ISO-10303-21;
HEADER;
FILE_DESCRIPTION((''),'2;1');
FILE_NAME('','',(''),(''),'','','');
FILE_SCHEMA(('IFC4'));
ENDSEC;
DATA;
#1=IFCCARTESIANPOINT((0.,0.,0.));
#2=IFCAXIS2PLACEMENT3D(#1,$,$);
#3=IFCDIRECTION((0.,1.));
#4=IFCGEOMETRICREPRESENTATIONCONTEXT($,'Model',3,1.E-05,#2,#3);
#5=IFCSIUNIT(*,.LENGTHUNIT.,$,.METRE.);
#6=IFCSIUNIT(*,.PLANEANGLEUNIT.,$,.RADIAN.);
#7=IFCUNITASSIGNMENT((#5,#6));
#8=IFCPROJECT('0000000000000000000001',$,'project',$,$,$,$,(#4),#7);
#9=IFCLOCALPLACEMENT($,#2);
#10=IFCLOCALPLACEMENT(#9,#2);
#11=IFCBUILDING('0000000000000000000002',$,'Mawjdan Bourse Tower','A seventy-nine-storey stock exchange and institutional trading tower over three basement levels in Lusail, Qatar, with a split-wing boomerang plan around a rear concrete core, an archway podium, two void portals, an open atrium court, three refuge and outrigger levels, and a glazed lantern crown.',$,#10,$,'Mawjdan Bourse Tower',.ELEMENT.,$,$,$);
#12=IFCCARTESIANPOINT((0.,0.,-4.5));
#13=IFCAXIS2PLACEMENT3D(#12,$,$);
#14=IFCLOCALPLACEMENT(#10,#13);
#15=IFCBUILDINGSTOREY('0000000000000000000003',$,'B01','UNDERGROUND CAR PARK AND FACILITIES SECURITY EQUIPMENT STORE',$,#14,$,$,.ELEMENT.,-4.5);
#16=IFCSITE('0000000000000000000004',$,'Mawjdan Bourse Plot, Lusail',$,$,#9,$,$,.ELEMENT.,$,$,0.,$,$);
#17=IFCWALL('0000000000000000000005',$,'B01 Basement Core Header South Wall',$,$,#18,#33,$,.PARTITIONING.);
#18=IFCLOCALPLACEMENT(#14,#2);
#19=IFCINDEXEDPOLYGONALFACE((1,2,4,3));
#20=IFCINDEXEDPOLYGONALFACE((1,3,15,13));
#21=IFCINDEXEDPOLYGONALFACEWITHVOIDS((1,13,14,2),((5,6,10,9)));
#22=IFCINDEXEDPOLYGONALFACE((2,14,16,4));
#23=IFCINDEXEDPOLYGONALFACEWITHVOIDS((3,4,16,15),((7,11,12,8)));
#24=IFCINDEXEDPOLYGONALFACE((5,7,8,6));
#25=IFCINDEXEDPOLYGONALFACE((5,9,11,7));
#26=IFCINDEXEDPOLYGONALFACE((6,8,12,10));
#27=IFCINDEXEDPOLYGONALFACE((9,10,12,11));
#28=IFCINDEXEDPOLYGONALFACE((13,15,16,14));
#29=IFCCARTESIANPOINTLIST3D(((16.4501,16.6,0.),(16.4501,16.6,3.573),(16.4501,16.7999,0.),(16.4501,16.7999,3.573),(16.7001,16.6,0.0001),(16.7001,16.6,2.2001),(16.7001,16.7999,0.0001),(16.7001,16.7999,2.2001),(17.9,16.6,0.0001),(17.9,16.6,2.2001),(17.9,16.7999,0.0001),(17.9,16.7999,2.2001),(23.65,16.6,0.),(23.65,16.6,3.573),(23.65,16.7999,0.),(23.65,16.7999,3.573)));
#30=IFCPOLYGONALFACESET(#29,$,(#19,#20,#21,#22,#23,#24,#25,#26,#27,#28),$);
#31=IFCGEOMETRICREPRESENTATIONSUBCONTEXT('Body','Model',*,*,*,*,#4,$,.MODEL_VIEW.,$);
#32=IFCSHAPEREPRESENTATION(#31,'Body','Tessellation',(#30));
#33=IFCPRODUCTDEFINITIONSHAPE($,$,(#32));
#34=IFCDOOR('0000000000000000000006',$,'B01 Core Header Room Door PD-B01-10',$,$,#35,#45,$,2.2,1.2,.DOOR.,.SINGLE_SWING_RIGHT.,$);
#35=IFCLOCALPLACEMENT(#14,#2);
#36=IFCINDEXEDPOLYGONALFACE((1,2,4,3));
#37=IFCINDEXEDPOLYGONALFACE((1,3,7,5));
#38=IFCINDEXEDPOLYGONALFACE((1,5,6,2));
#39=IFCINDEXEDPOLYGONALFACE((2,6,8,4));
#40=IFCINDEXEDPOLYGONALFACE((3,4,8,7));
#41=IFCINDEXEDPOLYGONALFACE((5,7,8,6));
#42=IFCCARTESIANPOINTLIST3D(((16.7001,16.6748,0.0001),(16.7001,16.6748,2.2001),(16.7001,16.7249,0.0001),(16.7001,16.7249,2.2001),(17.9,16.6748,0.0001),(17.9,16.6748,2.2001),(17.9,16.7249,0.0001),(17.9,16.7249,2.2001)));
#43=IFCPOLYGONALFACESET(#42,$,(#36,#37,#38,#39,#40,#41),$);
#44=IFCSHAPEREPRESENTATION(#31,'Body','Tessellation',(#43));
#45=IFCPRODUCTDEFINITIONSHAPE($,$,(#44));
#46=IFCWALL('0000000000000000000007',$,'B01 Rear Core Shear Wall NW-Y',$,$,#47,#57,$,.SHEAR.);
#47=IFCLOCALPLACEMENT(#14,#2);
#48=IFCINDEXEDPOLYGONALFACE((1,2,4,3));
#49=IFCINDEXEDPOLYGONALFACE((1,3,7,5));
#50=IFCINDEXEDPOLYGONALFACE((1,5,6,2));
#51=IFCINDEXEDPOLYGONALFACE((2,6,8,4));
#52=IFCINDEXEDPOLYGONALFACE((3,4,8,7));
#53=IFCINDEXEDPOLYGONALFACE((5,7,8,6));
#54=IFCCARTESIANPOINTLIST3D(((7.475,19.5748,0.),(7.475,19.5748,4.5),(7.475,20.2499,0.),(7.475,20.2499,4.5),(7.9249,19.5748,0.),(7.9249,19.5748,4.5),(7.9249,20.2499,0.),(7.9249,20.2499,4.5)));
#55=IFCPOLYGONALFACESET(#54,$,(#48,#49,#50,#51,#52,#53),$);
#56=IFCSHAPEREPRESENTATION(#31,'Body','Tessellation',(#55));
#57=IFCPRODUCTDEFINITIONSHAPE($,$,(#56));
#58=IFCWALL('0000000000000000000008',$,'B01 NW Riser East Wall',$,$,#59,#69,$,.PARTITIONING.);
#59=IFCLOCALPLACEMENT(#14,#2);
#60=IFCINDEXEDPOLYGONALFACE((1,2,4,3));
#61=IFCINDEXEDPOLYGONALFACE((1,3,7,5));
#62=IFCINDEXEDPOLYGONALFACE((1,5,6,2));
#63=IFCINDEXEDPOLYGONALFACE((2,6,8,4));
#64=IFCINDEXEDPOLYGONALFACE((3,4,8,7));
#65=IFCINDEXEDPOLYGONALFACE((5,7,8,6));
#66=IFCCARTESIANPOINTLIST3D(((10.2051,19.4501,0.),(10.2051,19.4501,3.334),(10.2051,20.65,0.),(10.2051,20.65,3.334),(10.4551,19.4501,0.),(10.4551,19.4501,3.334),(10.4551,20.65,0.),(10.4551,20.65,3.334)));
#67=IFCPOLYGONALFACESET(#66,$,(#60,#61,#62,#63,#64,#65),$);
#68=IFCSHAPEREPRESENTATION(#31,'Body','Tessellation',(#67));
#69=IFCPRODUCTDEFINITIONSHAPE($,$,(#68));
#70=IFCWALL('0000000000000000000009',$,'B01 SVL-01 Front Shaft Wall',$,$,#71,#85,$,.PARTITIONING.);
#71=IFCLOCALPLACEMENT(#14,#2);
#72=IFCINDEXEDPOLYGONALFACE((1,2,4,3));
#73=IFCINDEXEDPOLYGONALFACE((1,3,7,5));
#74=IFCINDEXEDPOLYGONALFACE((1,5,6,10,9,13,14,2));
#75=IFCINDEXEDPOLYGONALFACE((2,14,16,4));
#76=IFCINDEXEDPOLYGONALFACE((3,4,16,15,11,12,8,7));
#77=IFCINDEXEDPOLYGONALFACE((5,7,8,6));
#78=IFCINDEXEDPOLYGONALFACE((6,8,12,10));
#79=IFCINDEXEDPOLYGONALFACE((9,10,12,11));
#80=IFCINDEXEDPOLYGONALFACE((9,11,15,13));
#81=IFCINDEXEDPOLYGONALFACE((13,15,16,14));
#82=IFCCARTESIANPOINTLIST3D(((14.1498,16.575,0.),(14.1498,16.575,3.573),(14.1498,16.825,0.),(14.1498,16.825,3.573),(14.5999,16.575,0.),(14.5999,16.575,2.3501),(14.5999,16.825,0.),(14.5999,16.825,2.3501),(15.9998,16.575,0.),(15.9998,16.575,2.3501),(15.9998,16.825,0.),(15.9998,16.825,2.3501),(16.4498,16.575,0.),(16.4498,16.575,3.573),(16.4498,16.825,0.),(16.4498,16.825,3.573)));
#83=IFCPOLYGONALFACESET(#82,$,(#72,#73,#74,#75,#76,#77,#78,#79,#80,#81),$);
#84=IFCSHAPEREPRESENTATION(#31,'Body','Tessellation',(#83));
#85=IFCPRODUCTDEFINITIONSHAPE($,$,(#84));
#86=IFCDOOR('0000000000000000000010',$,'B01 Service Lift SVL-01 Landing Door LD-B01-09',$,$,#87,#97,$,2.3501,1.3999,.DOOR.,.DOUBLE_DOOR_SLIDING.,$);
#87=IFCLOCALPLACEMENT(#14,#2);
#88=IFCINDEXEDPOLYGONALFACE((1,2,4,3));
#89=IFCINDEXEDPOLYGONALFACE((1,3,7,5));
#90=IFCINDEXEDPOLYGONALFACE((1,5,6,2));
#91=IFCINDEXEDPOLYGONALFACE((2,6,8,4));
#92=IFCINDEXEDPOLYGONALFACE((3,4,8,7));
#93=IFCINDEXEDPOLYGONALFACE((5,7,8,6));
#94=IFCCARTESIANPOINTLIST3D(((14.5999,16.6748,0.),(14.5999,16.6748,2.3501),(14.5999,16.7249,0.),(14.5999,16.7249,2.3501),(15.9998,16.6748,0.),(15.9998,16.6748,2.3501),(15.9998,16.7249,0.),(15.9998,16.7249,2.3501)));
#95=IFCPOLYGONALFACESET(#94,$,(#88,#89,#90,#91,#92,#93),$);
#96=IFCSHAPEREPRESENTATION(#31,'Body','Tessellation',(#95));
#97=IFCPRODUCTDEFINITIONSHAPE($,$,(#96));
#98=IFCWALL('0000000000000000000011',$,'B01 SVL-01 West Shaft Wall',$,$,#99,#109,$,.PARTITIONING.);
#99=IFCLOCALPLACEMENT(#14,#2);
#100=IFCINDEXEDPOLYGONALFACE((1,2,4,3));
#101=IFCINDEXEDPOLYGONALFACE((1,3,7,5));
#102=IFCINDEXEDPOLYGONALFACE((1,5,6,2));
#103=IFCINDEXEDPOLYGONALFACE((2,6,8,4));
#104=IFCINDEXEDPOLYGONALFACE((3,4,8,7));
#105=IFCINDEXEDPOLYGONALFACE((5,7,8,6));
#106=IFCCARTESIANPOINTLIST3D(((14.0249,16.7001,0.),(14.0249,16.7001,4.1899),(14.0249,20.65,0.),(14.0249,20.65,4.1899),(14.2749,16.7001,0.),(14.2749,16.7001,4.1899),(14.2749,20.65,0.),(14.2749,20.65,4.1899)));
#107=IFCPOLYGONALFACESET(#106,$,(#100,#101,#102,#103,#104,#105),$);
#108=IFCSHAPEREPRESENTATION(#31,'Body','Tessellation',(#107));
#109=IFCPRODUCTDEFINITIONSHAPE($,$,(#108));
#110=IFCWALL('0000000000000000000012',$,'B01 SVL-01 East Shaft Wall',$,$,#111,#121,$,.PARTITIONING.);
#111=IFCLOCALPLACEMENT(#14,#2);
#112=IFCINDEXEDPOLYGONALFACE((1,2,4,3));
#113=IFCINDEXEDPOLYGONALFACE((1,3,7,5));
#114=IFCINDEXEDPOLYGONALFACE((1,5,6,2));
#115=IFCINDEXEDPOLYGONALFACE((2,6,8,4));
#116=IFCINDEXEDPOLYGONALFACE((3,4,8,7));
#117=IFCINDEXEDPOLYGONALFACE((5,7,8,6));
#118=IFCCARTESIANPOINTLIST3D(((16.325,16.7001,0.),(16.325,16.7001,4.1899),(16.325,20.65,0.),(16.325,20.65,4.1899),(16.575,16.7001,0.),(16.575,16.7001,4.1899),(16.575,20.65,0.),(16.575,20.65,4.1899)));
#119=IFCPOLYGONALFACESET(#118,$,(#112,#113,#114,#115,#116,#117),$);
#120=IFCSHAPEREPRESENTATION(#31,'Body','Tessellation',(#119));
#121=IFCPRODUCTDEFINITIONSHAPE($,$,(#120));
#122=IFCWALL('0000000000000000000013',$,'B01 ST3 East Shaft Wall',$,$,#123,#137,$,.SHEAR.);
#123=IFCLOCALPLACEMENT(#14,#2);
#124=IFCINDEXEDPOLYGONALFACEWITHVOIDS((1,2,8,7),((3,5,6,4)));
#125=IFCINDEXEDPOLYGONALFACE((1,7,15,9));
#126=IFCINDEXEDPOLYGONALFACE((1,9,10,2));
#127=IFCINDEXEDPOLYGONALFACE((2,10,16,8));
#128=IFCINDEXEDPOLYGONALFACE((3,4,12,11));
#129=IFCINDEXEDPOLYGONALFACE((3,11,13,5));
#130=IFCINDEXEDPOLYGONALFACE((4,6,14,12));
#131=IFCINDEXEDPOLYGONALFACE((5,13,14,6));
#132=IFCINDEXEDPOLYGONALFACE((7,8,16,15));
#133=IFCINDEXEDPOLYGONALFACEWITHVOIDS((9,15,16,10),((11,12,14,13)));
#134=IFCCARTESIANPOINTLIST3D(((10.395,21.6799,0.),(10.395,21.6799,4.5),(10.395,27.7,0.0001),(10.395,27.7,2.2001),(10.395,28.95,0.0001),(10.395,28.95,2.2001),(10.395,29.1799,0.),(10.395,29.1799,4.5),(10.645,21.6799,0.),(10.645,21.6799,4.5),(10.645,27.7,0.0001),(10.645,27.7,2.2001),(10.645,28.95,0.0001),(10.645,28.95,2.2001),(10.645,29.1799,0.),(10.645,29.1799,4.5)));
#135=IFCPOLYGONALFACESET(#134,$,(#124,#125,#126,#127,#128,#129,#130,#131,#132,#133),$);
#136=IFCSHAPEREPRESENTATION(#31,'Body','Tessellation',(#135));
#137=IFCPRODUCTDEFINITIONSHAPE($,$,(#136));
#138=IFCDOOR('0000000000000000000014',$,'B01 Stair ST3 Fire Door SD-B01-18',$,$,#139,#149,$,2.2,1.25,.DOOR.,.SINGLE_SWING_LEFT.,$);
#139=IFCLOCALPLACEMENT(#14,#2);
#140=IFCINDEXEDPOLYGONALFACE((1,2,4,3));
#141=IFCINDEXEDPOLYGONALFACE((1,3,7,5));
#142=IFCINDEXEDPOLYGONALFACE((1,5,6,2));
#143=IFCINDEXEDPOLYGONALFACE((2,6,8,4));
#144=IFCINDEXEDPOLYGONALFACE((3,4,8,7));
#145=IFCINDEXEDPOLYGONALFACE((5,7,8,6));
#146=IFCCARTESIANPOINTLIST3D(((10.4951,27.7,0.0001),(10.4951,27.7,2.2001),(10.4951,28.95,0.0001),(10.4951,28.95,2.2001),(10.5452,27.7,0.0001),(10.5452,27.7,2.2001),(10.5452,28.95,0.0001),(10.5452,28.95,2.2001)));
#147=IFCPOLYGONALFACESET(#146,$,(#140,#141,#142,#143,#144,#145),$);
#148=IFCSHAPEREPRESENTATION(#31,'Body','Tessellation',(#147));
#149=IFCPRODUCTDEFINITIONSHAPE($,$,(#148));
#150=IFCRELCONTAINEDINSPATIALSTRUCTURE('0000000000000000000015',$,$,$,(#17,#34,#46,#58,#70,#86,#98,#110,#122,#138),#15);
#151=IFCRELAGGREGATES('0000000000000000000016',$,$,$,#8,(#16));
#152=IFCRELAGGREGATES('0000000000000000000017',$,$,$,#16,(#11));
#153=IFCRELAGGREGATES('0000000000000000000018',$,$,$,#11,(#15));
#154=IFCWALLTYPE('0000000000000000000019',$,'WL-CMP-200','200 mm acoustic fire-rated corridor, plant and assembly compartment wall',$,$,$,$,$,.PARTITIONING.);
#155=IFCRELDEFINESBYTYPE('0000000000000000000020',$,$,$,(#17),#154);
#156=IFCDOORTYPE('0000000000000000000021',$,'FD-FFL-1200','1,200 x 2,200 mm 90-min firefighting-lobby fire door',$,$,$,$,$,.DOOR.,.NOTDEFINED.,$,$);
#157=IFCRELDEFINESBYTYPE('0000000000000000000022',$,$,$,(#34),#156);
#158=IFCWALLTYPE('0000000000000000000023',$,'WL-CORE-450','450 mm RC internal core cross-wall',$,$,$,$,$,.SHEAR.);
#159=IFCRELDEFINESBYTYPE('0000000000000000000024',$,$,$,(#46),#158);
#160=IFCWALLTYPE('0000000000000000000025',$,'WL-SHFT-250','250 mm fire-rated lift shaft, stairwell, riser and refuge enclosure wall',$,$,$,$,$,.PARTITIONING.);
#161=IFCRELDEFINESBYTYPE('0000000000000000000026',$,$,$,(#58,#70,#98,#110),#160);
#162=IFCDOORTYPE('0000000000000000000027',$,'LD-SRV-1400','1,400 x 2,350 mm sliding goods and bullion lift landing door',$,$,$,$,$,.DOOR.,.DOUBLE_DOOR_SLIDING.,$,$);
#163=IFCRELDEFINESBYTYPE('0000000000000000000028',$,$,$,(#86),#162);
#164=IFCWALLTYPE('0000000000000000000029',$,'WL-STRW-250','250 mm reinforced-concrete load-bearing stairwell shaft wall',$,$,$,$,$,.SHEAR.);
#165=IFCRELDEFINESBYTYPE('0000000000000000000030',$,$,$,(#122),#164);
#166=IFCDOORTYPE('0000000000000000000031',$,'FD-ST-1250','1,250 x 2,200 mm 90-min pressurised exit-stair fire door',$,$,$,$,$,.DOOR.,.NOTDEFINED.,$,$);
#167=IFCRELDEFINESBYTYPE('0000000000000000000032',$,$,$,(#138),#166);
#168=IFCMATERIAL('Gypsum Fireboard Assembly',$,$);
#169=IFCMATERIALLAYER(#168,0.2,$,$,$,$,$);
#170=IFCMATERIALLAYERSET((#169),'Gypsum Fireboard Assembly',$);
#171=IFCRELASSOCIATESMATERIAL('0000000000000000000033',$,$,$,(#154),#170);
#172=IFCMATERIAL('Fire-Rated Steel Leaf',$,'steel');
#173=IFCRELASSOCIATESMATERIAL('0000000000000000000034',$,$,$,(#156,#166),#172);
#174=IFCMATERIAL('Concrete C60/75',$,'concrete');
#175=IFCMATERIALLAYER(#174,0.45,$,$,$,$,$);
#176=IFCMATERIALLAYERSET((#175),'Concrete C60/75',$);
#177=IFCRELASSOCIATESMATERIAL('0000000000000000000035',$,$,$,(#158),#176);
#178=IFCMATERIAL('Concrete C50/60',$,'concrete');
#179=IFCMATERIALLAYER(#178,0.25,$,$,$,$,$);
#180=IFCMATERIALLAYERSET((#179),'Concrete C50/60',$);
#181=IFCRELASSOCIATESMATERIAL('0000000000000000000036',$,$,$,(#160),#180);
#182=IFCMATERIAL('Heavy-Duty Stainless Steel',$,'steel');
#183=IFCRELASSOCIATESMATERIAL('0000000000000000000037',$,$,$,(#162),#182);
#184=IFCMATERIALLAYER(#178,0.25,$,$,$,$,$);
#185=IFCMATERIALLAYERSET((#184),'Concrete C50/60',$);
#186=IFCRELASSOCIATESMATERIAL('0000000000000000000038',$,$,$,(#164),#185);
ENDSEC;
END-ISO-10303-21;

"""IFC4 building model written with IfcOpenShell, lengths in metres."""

from ifc_helpers import new_model, si_unit, direction, frame, frame_2d, origin, place, context, subcontext, project, spatial, rectangle, extrude, material, layer, layer_set, type_object, element, fill, save


model = new_model("IFC4")

# Units and contexts
model_context = context("Model", 3, precision=1e-05, world=origin(), true_north=direction((0.0, 1.0)))
body_context = subcontext(model_context, "Body", "Model", "MODEL_VIEW")
ifc_project = project(units=[si_unit("LENGTHUNIT", "METRE"), si_unit("PLANEANGLEUNIT", "RADIAN")], contexts=[model_context])

# Site, building, storey
site_placement = place(None, origin())
site = spatial("IfcSite", under=ifc_project, at=site_placement, Name="Mawjdan Bourse Plot, Lusail", CompositionType="ELEMENT", RefElevation=0.0)
building_placement = place(site_placement, origin())
building = spatial("IfcBuilding", under=site, at=building_placement, Name="Mawjdan Bourse Tower", Description="A seventy-nine-storey stock exchange and institutional trading tower over three basement levels in Lusail, Qatar, with a split-wing boomerang plan around a rear concrete core, an archway podium, two void portals, an open atrium court, three refuge and outrigger levels, and a glazed lantern crown.", LongName="Mawjdan Bourse Tower", CompositionType="ELEMENT")
storey_placement = place(building_placement, frame((0.0, 0.0, -4.5)))
storey = spatial("IfcBuildingStorey", under=building, at=storey_placement, Name="B01", Description="UNDERGROUND CAR PARK AND FACILITIES SECURITY EQUIPMENT STORE", CompositionType="ELEMENT", Elevation=-4.5)

# Wall, opening, door
ifc_material_1 = material(Name="Gypsum Fireboard Assembly")
ifc_layer_1 = layer(ifc_material_1, 0.2)
ifc_layer_set_1 = layer_set([ifc_layer_1], Name="Gypsum Fireboard Assembly")
wall_type_1 = type_object("IfcWallType", Name="WL-CMP-200", Description="200 mm acoustic fire-rated corridor, plant and assembly compartment wall", PredefinedType="PARTITIONING", material=ifc_layer_set_1)
wall_1_placement = place(storey_placement, frame((16.45, 16.7, 0.0), z_axis=(0.0, 0.0, 1.0), x_axis=(1.0, 0.0, 0.0)))
wall_1 = element("IfcWall", 1, at=wall_1_placement, inside=storey, type_object=wall_type_1, Name="B01 Basement Core Header South Wall", PredefinedType="PARTITIONING", context=body_context, shape_type="SweptSolid", body=[
    extrude(rectangle(XDim=7.2, YDim=0.2, at=frame_2d((3.6001, 0.0))), origin(), (0.0, 0.0, 1.0), 3.573),
])
opening_1_placement = place(wall_1_placement, frame((0.25, 0.0, 0.0)))
opening_1 = element("IfcOpeningElement", 2, at=opening_1_placement, cuts=wall_1, PredefinedType="OPENING", context=body_context, shape_type="SweptSolid", body=[
    extrude(rectangle(XDim=1.2, YDim=2.2, at=frame_2d((0.6001, 1.1001))), frame((0.0, 0.1099, 0.0), z_axis=(0.0, -1.0, 0.0), x_axis=(1.0, 0.0, 0.0)), (0.0, 0.0, 1.0), 0.22),
])
ifc_material_2 = material(Name="Fire-Rated Steel Leaf", Category="steel")
door_type_1 = type_object("IfcDoorType", Name="FD-FFL-1200", Description="1,200 x 2,200 mm 90-min firefighting-lobby fire door", OperationType="NOTDEFINED", PredefinedType="DOOR", material=ifc_material_2)
door_1_placement = place(opening_1_placement, origin())
door_1 = element("IfcDoor", 3, at=door_1_placement, inside=storey, type_object=door_type_1, Name="B01 Core Header Room Door PD-B01-10", OperationType="SINGLE_SWING_RIGHT", OverallHeight=2.2, OverallWidth=1.2, PredefinedType="DOOR", context=body_context, shape_type="SweptSolid", body=[
    extrude(rectangle(XDim=1.2, YDim=2.2, at=frame_2d((0.6001, 1.1001))), frame((0.0, 0.0249, 0.0), z_axis=(0.0, -1.0, 0.0), x_axis=(1.0, 0.0, 0.0)), (0.0, 0.0, 1.0), 0.05),
])
fill(opening_1, door_1)

# Walls
ifc_material_3 = material(Name="Concrete C60/75", Category="concrete")
ifc_layer_2 = layer(ifc_material_3, 0.45)
ifc_layer_set_2 = layer_set([ifc_layer_2], Name="Concrete C60/75")
wall_type_2 = type_object("IfcWallType", Name="WL-CORE-450", Description="450 mm RC internal core cross-wall", PredefinedType="SHEAR", material=ifc_layer_set_2)
wall_2_placement = place(storey_placement, frame((7.7, 19.575, 0.0), z_axis=(0.0, 0.0, 1.0), x_axis=(0.0, 1.0, 0.0)))
element("IfcWall", 4, at=wall_2_placement, inside=storey, type_object=wall_type_2, Name="B01 Rear Core Shear Wall NW-Y", PredefinedType="SHEAR", context=body_context, shape_type="SweptSolid", body=[
    extrude(rectangle(XDim=0.675, YDim=0.45, at=frame_2d((0.3374, 0.0))), origin(), (0.0, 0.0, 1.0), 4.5),
])
ifc_material_4 = material(Name="Concrete C50/60", Category="concrete")
ifc_layer_3 = layer(ifc_material_4, 0.25)
ifc_layer_set_3 = layer_set([ifc_layer_3], Name="Concrete C50/60")
wall_type_3 = type_object("IfcWallType", Name="WL-SHFT-250", Description="250 mm fire-rated lift shaft, stairwell, riser and refuge enclosure wall", PredefinedType="PARTITIONING", material=ifc_layer_set_3)
wall_3_placement = place(storey_placement, frame((10.3301, 19.45, 0.0), z_axis=(0.0, 0.0, 1.0), x_axis=(0.0, 1.0, 0.0)))
element("IfcWall", 5, at=wall_3_placement, inside=storey, type_object=wall_type_3, Name="B01 NW Riser East Wall", PredefinedType="PARTITIONING", context=body_context, shape_type="SweptSolid", body=[
    extrude(rectangle(XDim=1.2, YDim=0.25, at=frame_2d((0.6001, 0.0))), origin(), (0.0, 0.0, 1.0), 3.334),
])

# Wall, opening, door
wall_4_placement = place(storey_placement, frame((14.1499, 16.7, 0.0), z_axis=(0.0, 0.0, 1.0), x_axis=(1.0, 0.0, 0.0)))
wall_4 = element("IfcWall", 6, at=wall_4_placement, inside=storey, type_object=wall_type_3, Name="B01 SVL-01 Front Shaft Wall", PredefinedType="PARTITIONING", context=body_context, shape_type="SweptSolid", body=[
    extrude(rectangle(XDim=2.3, YDim=0.25, at=frame_2d((1.1499, 0.0))), origin(), (0.0, 0.0, 1.0), 3.573),
])
opening_2_placement = place(wall_4_placement, frame((0.45, 0.0, 0.0)))
opening_2 = element("IfcOpeningElement", 7, at=opening_2_placement, cuts=wall_4, PredefinedType="OPENING", context=body_context, shape_type="SweptSolid", body=[
    extrude(rectangle(XDim=1.3999, YDim=2.3501, at=frame_2d((0.7, 1.175))), frame((0.0, 0.135, 0.0), z_axis=(0.0, -1.0, 0.0), x_axis=(1.0, 0.0, 0.0)), (0.0, 0.0, 1.0), 0.27),
])
ifc_material_5 = material(Name="Heavy-Duty Stainless Steel", Category="steel")
door_type_2 = type_object("IfcDoorType", Name="LD-SRV-1400", Description="1,400 x 2,350 mm sliding goods and bullion lift landing door", OperationType="DOUBLE_DOOR_SLIDING", PredefinedType="DOOR", material=ifc_material_5)
door_2_placement = place(opening_2_placement, origin())
door_2 = element("IfcDoor", 8, at=door_2_placement, inside=storey, type_object=door_type_2, Name="B01 Service Lift SVL-01 Landing Door LD-B01-09", OperationType="DOUBLE_DOOR_SLIDING", OverallHeight=2.3501, OverallWidth=1.3999, PredefinedType="DOOR", context=body_context, shape_type="SweptSolid", body=[
    extrude(rectangle(XDim=1.3999, YDim=2.3501, at=frame_2d((0.7, 1.175))), frame((0.0, 0.0249, 0.0), z_axis=(0.0, -1.0, 0.0), x_axis=(1.0, 0.0, 0.0)), (0.0, 0.0, 1.0), 0.05),
])
fill(opening_2, door_2)

# Walls
for number, where, z_axis, x_axis, name in (
    (9, (14.1499, 16.7, 0.0), (0.0, 0.0, 1.0), (0.0, 1.0, 0.0), "B01 SVL-01 West Shaft Wall"),
    (10, (16.45, 16.7, 0.0), (0.0, 0.0, 1.0), (0.0, 1.0, 0.0), "B01 SVL-01 East Shaft Wall"),
):
    element("IfcWall", number, at=place(storey_placement, frame(where, z_axis=z_axis, x_axis=x_axis)), inside=storey, type_object=wall_type_3, Name=name, PredefinedType="PARTITIONING", context=body_context, shape_type="SweptSolid", body=[
        extrude(rectangle(XDim=3.95, YDim=0.25, at=frame_2d((1.9751, 0.0))), origin(), (0.0, 0.0, 1.0), 4.1899),
    ])
ifc_layer_4 = layer(ifc_material_4, 0.25)
ifc_layer_set_4 = layer_set([ifc_layer_4], Name="Concrete C50/60")
wall_type_4 = type_object("IfcWallType", Name="WL-STRW-250", Description="250 mm reinforced-concrete load-bearing stairwell shaft wall", PredefinedType="SHEAR", material=ifc_layer_set_4)

# Wall, opening, door
wall_5_placement = place(storey_placement, frame((10.52, 21.6799, 0.0), z_axis=(0.0, 0.0, 1.0), x_axis=(0.0, 1.0, 0.0)))
wall_5 = element("IfcWall", 11, at=wall_5_placement, inside=storey, type_object=wall_type_4, Name="B01 ST3 East Shaft Wall", PredefinedType="SHEAR", context=body_context, shape_type="SweptSolid", body=[
    extrude(rectangle(XDim=7.5, YDim=0.25, at=frame_2d((3.75, 0.0))), origin(), (0.0, 0.0, 1.0), 4.5),
])
opening_3_placement = place(wall_5_placement, frame((6.02, 0.0, 0.0)))
opening_3 = element("IfcOpeningElement", 12, at=opening_3_placement, cuts=wall_5, PredefinedType="OPENING", context=body_context, shape_type="SweptSolid", body=[
    extrude(rectangle(XDim=1.25, YDim=2.2, at=frame_2d((0.625, 1.1001))), frame((0.0, 0.135, 0.0), z_axis=(0.0, -1.0, 0.0), x_axis=(1.0, 0.0, 0.0)), (0.0, 0.0, 1.0), 0.27),
])
door_type_3 = type_object("IfcDoorType", Name="FD-ST-1250", Description="1,250 x 2,200 mm 90-min pressurised exit-stair fire door", OperationType="NOTDEFINED", PredefinedType="DOOR", material=ifc_material_2)
door_3_placement = place(opening_3_placement, origin())
door_3 = element("IfcDoor", 13, at=door_3_placement, inside=storey, type_object=door_type_3, Name="B01 Stair ST3 Fire Door SD-B01-18", OperationType="SINGLE_SWING_LEFT", OverallHeight=2.2, OverallWidth=1.25, PredefinedType="DOOR", context=body_context, shape_type="SweptSolid", body=[
    extrude(rectangle(XDim=1.25, YDim=2.2, at=frame_2d((0.625, 1.1001))), frame((0.0, 0.0249, 0.0), z_axis=(0.0, -1.0, 0.0), x_axis=(1.0, 0.0, 0.0)), (0.0, 0.0, 1.0), 0.05),
])
fill(opening_3, door_3)

save(model, "model.ifc")
